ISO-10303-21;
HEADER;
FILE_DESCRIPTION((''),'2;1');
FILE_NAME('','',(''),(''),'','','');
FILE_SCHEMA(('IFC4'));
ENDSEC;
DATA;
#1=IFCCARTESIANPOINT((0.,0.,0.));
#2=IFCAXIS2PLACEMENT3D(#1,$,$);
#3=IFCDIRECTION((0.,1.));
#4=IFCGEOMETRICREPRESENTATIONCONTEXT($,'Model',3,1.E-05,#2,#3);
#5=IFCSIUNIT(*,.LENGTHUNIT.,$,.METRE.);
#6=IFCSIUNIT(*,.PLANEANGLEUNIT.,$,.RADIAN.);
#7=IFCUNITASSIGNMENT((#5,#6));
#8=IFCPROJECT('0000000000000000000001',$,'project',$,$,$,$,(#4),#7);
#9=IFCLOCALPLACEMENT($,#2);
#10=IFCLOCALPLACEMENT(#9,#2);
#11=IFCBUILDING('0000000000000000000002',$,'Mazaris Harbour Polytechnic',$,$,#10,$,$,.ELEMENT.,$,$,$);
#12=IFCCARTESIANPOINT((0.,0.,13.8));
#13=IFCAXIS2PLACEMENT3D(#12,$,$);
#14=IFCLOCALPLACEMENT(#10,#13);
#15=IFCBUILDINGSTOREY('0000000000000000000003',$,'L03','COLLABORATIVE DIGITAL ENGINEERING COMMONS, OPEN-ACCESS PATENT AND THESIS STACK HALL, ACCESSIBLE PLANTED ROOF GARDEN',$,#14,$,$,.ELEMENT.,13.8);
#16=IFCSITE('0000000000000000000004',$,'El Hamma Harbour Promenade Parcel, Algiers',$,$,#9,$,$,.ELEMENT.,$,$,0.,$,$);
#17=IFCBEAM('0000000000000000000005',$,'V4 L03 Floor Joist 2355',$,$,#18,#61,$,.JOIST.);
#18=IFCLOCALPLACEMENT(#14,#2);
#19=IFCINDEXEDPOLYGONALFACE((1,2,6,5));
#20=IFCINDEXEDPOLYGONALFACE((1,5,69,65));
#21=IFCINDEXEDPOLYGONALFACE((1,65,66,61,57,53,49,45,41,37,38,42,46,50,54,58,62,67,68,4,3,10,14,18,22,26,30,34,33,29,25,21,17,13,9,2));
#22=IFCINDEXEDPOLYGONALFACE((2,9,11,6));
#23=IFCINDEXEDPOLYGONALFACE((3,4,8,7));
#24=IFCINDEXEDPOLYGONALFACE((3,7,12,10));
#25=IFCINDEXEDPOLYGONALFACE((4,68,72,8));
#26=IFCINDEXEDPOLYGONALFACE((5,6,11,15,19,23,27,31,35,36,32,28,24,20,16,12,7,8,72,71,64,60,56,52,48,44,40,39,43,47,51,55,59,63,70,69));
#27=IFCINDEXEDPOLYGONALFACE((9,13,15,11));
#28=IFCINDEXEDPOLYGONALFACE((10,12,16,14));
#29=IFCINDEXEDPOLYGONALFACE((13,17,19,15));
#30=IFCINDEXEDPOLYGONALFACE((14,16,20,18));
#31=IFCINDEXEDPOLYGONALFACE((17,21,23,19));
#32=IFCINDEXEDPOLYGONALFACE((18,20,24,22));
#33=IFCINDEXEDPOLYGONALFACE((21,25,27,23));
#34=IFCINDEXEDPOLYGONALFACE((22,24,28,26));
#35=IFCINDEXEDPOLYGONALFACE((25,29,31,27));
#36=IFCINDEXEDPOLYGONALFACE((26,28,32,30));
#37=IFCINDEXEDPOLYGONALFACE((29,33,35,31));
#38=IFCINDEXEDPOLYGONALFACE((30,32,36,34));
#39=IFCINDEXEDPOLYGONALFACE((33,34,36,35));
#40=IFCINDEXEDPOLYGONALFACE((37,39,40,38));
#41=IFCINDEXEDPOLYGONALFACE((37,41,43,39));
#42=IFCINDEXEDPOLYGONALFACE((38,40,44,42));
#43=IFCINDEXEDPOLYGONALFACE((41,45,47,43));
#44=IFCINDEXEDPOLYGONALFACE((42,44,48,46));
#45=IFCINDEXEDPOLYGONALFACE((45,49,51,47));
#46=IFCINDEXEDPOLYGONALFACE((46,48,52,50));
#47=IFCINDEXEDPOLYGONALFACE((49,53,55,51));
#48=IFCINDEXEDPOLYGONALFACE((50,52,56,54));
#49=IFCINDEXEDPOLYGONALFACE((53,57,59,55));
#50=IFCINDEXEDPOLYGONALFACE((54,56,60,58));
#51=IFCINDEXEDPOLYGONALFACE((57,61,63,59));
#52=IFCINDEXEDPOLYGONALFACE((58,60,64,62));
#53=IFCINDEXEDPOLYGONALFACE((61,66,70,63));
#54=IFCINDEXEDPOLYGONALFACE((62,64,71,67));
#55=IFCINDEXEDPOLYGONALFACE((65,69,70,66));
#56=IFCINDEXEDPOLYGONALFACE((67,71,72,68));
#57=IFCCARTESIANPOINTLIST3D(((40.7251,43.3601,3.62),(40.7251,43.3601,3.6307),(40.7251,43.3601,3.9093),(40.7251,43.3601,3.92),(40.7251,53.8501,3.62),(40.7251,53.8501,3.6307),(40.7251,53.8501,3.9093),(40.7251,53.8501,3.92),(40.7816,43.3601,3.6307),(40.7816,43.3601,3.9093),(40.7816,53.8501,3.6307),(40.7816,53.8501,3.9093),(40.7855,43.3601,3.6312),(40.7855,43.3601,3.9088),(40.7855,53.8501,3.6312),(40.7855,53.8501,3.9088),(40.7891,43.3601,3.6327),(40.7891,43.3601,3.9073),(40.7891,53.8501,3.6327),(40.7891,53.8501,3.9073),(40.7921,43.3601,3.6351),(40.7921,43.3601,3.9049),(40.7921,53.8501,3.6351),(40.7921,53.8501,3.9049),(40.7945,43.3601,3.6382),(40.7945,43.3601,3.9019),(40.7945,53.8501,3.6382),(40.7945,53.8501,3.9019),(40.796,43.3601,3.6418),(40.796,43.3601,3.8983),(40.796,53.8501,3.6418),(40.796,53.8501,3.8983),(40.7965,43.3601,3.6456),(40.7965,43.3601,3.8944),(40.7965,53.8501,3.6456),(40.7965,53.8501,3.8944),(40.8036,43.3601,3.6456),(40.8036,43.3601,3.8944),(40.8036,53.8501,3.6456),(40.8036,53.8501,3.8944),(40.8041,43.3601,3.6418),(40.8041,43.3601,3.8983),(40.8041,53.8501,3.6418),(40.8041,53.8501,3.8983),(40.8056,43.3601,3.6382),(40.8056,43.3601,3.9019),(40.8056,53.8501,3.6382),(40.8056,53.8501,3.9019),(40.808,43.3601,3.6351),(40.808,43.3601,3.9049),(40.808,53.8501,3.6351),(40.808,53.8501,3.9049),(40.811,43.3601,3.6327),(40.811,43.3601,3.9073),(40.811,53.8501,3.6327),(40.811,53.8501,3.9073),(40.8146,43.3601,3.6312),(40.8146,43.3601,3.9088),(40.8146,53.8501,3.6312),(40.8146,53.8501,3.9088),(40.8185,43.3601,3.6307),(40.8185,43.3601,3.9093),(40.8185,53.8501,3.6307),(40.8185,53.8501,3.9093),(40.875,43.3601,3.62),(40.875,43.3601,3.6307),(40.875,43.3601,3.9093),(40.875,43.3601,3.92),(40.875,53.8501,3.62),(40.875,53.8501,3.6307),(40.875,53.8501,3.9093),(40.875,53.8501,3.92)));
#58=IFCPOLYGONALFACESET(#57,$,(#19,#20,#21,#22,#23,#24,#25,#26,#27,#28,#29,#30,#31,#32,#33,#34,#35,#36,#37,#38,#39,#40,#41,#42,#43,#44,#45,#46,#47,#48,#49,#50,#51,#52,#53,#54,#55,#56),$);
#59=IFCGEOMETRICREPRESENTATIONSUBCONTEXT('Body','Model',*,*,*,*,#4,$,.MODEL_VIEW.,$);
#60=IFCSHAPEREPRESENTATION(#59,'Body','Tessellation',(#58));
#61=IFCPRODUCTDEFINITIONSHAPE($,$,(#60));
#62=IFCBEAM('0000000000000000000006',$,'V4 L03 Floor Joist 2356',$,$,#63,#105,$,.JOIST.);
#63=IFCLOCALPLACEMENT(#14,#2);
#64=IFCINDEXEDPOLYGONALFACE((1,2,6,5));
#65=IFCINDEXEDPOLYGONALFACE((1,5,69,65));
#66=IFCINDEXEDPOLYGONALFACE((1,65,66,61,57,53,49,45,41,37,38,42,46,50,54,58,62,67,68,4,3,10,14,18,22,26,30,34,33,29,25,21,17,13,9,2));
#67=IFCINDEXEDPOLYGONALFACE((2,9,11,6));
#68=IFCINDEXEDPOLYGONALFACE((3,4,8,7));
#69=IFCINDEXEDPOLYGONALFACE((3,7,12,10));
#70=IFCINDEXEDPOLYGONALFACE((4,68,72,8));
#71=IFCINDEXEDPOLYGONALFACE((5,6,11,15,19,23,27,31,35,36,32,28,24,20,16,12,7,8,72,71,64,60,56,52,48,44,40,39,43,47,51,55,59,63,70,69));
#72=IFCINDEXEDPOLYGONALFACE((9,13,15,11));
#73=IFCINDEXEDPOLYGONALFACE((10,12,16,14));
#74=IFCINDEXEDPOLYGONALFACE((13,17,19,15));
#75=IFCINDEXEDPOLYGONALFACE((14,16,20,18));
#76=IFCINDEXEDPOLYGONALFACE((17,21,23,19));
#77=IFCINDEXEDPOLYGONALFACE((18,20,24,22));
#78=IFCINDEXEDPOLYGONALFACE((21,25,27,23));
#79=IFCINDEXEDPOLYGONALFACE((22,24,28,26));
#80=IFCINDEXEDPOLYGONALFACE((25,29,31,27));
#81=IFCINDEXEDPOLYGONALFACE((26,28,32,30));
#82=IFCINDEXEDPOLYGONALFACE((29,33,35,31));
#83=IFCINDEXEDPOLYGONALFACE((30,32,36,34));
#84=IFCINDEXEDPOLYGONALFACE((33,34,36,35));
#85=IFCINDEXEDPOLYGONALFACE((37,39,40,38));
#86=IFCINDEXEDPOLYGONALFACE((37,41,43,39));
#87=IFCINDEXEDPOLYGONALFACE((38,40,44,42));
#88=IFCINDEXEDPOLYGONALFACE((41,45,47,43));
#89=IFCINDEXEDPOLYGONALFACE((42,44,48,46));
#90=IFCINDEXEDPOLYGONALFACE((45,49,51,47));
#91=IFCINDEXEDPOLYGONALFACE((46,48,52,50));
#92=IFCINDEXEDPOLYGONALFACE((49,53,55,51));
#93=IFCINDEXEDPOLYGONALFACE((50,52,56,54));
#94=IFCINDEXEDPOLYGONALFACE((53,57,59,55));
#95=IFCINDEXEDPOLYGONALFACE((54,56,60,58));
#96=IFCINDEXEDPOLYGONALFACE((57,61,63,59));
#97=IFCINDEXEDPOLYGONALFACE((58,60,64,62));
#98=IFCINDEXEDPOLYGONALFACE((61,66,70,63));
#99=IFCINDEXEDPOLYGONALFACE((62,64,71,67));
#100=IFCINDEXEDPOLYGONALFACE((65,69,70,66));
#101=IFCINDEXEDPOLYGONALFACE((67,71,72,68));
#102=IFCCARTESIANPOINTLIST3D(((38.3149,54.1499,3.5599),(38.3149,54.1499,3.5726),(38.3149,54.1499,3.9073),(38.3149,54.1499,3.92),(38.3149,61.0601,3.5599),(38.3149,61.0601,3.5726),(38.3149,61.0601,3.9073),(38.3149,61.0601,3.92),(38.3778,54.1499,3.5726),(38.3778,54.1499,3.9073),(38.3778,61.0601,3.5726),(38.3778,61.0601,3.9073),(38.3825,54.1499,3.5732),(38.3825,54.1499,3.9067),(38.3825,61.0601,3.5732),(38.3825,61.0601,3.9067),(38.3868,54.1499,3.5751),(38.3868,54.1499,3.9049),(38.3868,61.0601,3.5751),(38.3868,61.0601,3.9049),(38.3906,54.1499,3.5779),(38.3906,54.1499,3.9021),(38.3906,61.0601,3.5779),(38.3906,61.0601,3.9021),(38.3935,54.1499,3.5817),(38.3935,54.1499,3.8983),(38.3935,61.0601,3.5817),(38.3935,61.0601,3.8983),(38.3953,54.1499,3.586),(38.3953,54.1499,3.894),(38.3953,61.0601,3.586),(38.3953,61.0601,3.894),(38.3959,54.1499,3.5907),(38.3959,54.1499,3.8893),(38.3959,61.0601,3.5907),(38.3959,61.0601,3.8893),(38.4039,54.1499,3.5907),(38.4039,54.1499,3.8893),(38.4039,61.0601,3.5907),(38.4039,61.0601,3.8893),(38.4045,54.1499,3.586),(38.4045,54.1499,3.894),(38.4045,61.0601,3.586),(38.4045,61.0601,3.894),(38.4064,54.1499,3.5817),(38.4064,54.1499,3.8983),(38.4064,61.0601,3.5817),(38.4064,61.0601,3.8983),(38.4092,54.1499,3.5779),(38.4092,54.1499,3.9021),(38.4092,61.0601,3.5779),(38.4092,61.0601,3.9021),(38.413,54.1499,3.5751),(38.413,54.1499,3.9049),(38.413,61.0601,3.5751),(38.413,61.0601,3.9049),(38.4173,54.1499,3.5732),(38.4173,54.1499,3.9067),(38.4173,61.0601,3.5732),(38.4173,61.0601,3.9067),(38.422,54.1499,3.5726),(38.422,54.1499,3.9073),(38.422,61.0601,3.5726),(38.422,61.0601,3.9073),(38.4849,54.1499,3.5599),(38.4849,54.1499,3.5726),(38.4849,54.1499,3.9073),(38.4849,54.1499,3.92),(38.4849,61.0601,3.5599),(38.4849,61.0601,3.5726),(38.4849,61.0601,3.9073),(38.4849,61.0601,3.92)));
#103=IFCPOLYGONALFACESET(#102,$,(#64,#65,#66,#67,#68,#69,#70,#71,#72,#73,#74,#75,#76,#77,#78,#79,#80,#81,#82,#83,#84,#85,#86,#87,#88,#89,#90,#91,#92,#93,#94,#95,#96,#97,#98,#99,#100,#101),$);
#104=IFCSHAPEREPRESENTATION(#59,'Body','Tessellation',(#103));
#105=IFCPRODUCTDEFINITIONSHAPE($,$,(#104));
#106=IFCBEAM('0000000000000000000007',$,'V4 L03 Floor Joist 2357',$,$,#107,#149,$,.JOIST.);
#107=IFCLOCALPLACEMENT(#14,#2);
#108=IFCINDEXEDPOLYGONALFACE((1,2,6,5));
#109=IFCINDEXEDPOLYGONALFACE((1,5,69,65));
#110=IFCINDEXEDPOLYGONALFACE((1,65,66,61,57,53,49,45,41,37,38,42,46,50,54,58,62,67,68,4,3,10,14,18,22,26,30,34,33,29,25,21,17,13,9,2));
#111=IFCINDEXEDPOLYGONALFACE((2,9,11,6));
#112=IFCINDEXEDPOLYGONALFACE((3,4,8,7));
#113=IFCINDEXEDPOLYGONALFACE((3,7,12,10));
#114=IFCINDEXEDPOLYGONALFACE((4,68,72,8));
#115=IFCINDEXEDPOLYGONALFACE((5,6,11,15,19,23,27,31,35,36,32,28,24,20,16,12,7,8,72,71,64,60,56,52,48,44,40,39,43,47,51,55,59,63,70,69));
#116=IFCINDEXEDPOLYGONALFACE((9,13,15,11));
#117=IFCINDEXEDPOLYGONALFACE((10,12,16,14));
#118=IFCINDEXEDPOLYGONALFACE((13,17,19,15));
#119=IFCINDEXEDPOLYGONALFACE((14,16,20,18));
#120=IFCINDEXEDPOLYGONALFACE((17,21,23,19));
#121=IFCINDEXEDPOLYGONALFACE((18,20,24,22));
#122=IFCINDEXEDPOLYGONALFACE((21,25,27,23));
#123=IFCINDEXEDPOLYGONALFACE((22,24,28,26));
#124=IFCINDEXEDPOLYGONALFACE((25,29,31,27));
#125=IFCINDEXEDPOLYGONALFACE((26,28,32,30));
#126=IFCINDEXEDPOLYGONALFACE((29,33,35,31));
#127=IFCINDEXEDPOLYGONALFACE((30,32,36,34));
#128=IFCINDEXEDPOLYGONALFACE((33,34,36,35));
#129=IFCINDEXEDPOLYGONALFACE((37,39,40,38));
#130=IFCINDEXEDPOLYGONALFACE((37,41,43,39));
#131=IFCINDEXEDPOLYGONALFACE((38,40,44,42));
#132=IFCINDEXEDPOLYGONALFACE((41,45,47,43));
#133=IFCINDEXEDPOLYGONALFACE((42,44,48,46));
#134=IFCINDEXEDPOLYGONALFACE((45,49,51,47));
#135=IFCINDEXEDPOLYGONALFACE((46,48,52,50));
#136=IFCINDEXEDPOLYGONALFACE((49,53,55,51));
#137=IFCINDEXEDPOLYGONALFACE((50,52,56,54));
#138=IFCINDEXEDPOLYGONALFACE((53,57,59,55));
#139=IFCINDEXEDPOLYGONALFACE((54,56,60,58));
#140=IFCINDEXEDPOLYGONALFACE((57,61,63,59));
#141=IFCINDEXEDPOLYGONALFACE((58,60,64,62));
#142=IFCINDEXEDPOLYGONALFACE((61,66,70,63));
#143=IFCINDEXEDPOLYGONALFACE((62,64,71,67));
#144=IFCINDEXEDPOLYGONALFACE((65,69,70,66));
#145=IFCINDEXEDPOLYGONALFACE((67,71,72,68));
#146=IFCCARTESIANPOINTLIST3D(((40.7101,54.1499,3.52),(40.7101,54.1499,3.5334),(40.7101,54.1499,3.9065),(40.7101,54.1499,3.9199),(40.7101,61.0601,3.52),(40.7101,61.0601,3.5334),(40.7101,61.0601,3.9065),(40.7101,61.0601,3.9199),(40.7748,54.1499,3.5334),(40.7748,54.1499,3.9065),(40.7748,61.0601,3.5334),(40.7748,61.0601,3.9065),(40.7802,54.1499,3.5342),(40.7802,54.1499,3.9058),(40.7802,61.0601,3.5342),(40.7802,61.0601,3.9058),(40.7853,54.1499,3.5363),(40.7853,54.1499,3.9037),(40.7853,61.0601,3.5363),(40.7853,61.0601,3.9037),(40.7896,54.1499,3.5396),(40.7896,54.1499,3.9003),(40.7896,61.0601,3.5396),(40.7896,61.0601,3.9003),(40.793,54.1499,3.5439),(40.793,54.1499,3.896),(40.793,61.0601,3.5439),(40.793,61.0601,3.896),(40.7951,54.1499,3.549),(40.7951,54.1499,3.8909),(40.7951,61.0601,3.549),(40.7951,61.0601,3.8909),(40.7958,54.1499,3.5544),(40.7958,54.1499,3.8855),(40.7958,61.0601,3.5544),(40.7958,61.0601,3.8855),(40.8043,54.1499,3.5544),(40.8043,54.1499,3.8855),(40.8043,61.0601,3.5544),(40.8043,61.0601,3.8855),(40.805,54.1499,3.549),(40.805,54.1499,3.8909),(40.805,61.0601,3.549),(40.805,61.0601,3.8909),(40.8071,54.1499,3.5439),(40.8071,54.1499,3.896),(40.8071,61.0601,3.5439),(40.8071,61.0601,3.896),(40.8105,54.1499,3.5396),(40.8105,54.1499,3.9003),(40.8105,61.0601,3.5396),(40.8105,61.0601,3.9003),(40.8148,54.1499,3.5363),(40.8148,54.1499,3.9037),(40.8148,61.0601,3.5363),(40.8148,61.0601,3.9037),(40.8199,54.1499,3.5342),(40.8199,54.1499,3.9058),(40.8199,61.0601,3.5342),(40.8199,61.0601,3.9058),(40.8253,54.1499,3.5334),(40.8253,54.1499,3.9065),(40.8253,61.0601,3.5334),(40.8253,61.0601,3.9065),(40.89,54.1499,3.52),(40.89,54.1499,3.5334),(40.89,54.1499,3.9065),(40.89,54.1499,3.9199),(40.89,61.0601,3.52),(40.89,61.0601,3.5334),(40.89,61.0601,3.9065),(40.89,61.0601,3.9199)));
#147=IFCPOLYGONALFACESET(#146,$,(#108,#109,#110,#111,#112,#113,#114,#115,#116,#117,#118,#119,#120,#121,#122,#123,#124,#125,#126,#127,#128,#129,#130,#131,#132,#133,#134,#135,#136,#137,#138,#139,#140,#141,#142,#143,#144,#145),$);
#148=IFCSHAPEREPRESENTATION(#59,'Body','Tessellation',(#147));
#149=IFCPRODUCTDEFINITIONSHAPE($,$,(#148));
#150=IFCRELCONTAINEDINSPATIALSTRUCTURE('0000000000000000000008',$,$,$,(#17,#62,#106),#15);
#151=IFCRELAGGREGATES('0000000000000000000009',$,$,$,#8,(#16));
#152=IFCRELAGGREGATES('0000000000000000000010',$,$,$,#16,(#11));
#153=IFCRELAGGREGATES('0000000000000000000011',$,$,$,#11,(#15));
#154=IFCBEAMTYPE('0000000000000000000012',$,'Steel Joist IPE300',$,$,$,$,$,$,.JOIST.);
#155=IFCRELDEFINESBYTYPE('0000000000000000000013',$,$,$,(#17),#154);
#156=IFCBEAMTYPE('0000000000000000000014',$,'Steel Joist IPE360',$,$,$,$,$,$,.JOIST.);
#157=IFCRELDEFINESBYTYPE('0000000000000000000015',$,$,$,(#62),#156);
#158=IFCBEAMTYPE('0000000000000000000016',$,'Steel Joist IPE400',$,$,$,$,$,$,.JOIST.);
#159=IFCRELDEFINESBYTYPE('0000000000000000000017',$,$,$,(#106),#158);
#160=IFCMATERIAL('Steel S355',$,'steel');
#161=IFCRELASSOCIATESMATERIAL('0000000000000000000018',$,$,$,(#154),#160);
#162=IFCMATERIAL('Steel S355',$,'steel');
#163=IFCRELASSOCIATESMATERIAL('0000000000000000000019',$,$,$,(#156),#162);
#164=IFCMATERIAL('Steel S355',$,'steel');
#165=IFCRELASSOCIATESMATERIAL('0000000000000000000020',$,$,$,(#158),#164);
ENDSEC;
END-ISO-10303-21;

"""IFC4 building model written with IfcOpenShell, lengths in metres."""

from ifc_helpers import new_model, si_unit, direction, frame, origin, origin_2d, place, context, subcontext, project, spatial, i_section, extrude, material, material_profile, profile_set, type_object, element, save


model = new_model("IFC4")

# Units and contexts
model_context = context("Model", 3, precision=1e-05, world=origin(), true_north=direction((0.0, 1.0)))
body_context = subcontext(model_context, "Body", "Model", "MODEL_VIEW")
ifc_project = project(units=[si_unit("LENGTHUNIT", "METRE"), si_unit("PLANEANGLEUNIT", "RADIAN")], contexts=[model_context])

# Site, building, storey
site_placement = place(None, origin())
site = spatial("IfcSite", under=ifc_project, at=site_placement, Name="El Hamma Harbour Promenade Parcel, Algiers", CompositionType="ELEMENT", RefElevation=0.0)
building_placement = place(site_placement, origin())
building = spatial("IfcBuilding", under=site, at=building_placement, Name="Mazaris Harbour Polytechnic", CompositionType="ELEMENT")
storey_placement = place(building_placement, frame((0.0, 0.0, 13.8)))
storey = spatial("IfcBuildingStorey", under=building, at=storey_placement, Name="L03", Description="COLLABORATIVE DIGITAL ENGINEERING COMMONS, OPEN-ACCESS PATENT AND THESIS STACK HALL, ACCESSIBLE PLANTED ROOF GARDEN", CompositionType="ELEMENT", Elevation=13.8)

# Beams
ifc_material_1 = material(Name="Steel S355", Category="steel")
ifc_material_profile_1 = material_profile(ifc_material_1, i_section(OverallWidth=0.1499, OverallDepth=0.3, WebThickness=0.0071, FlangeThickness=0.0107, FilletRadius=0.0149, at=origin_2d()), Name="IPE 300")
ifc_profile_set_1 = profile_set([ifc_material_profile_1], Name="Steel S355")
beam_type_1 = type_object("IfcBeamType", Name="Steel Joist IPE300", PredefinedType="JOIST", material=ifc_profile_set_1)
beam_1_placement = place(storey_placement, frame((40.8, 43.3601, 3.77), z_axis=(0.0, 1.0, 0.0), x_axis=(-1.0, 0.0, 0.0)))
element("IfcBeam", 1, at=beam_1_placement, inside=storey, type_object=beam_type_1, Name="V4 L03 Floor Joist 2355", PredefinedType="JOIST", context=body_context, shape_type="SweptSolid", body=[
    extrude(i_section(OverallWidth=0.1499, OverallDepth=0.3, WebThickness=0.0071, FlangeThickness=0.0107, FilletRadius=0.0149, at=origin_2d()), origin(), (0.0, 0.0, 1.0), 10.49),
])
ifc_material_2 = material(Name="Steel S355", Category="steel")
ifc_material_profile_2 = material_profile(ifc_material_2, i_section(OverallWidth=0.1699, OverallDepth=0.3601, WebThickness=0.0081, FlangeThickness=0.0127, FilletRadius=0.0181, at=origin_2d()), Name="IPE 360")
ifc_profile_set_2 = profile_set([ifc_material_profile_2], Name="Steel S355")
beam_type_2 = type_object("IfcBeamType", Name="Steel Joist IPE360", PredefinedType="JOIST", material=ifc_profile_set_2)
beam_2_placement = place(storey_placement, frame((38.3999, 54.1499, 3.74), z_axis=(0.0, 1.0, 0.0), x_axis=(-1.0, 0.0, 0.0)))
element("IfcBeam", 2, at=beam_2_placement, inside=storey, type_object=beam_type_2, Name="V4 L03 Floor Joist 2356", PredefinedType="JOIST", context=body_context, shape_type="SweptSolid", body=[
    extrude(i_section(OverallWidth=0.1699, OverallDepth=0.3601, WebThickness=0.0081, FlangeThickness=0.0127, FilletRadius=0.0181, at=origin_2d()), origin(), (0.0, 0.0, 1.0), 6.9102),
])
ifc_material_3 = material(Name="Steel S355", Category="steel")
ifc_material_profile_3 = material_profile(ifc_material_3, i_section(OverallWidth=0.1799, OverallDepth=0.3999, WebThickness=0.0085, FlangeThickness=0.0134, FilletRadius=0.021, at=origin_2d()), Name="IPE 400")
ifc_profile_set_3 = profile_set([ifc_material_profile_3], Name="Steel S355")
beam_type_3 = type_object("IfcBeamType", Name="Steel Joist IPE400", PredefinedType="JOIST", material=ifc_profile_set_3)
beam_3_placement = place(storey_placement, frame((40.8, 54.1499, 3.72), z_axis=(0.0, 1.0, 0.0), x_axis=(-1.0, 0.0, 0.0)))
element("IfcBeam", 3, at=beam_3_placement, inside=storey, type_object=beam_type_3, Name="V4 L03 Floor Joist 2357", PredefinedType="JOIST", context=body_context, shape_type="SweptSolid", body=[
    extrude(i_section(OverallWidth=0.1799, OverallDepth=0.3999, WebThickness=0.0085, FlangeThickness=0.0134, FilletRadius=0.021, at=origin_2d()), origin(), (0.0, 0.0, 1.0), 6.9102),
])

save(model, "model.ifc")
